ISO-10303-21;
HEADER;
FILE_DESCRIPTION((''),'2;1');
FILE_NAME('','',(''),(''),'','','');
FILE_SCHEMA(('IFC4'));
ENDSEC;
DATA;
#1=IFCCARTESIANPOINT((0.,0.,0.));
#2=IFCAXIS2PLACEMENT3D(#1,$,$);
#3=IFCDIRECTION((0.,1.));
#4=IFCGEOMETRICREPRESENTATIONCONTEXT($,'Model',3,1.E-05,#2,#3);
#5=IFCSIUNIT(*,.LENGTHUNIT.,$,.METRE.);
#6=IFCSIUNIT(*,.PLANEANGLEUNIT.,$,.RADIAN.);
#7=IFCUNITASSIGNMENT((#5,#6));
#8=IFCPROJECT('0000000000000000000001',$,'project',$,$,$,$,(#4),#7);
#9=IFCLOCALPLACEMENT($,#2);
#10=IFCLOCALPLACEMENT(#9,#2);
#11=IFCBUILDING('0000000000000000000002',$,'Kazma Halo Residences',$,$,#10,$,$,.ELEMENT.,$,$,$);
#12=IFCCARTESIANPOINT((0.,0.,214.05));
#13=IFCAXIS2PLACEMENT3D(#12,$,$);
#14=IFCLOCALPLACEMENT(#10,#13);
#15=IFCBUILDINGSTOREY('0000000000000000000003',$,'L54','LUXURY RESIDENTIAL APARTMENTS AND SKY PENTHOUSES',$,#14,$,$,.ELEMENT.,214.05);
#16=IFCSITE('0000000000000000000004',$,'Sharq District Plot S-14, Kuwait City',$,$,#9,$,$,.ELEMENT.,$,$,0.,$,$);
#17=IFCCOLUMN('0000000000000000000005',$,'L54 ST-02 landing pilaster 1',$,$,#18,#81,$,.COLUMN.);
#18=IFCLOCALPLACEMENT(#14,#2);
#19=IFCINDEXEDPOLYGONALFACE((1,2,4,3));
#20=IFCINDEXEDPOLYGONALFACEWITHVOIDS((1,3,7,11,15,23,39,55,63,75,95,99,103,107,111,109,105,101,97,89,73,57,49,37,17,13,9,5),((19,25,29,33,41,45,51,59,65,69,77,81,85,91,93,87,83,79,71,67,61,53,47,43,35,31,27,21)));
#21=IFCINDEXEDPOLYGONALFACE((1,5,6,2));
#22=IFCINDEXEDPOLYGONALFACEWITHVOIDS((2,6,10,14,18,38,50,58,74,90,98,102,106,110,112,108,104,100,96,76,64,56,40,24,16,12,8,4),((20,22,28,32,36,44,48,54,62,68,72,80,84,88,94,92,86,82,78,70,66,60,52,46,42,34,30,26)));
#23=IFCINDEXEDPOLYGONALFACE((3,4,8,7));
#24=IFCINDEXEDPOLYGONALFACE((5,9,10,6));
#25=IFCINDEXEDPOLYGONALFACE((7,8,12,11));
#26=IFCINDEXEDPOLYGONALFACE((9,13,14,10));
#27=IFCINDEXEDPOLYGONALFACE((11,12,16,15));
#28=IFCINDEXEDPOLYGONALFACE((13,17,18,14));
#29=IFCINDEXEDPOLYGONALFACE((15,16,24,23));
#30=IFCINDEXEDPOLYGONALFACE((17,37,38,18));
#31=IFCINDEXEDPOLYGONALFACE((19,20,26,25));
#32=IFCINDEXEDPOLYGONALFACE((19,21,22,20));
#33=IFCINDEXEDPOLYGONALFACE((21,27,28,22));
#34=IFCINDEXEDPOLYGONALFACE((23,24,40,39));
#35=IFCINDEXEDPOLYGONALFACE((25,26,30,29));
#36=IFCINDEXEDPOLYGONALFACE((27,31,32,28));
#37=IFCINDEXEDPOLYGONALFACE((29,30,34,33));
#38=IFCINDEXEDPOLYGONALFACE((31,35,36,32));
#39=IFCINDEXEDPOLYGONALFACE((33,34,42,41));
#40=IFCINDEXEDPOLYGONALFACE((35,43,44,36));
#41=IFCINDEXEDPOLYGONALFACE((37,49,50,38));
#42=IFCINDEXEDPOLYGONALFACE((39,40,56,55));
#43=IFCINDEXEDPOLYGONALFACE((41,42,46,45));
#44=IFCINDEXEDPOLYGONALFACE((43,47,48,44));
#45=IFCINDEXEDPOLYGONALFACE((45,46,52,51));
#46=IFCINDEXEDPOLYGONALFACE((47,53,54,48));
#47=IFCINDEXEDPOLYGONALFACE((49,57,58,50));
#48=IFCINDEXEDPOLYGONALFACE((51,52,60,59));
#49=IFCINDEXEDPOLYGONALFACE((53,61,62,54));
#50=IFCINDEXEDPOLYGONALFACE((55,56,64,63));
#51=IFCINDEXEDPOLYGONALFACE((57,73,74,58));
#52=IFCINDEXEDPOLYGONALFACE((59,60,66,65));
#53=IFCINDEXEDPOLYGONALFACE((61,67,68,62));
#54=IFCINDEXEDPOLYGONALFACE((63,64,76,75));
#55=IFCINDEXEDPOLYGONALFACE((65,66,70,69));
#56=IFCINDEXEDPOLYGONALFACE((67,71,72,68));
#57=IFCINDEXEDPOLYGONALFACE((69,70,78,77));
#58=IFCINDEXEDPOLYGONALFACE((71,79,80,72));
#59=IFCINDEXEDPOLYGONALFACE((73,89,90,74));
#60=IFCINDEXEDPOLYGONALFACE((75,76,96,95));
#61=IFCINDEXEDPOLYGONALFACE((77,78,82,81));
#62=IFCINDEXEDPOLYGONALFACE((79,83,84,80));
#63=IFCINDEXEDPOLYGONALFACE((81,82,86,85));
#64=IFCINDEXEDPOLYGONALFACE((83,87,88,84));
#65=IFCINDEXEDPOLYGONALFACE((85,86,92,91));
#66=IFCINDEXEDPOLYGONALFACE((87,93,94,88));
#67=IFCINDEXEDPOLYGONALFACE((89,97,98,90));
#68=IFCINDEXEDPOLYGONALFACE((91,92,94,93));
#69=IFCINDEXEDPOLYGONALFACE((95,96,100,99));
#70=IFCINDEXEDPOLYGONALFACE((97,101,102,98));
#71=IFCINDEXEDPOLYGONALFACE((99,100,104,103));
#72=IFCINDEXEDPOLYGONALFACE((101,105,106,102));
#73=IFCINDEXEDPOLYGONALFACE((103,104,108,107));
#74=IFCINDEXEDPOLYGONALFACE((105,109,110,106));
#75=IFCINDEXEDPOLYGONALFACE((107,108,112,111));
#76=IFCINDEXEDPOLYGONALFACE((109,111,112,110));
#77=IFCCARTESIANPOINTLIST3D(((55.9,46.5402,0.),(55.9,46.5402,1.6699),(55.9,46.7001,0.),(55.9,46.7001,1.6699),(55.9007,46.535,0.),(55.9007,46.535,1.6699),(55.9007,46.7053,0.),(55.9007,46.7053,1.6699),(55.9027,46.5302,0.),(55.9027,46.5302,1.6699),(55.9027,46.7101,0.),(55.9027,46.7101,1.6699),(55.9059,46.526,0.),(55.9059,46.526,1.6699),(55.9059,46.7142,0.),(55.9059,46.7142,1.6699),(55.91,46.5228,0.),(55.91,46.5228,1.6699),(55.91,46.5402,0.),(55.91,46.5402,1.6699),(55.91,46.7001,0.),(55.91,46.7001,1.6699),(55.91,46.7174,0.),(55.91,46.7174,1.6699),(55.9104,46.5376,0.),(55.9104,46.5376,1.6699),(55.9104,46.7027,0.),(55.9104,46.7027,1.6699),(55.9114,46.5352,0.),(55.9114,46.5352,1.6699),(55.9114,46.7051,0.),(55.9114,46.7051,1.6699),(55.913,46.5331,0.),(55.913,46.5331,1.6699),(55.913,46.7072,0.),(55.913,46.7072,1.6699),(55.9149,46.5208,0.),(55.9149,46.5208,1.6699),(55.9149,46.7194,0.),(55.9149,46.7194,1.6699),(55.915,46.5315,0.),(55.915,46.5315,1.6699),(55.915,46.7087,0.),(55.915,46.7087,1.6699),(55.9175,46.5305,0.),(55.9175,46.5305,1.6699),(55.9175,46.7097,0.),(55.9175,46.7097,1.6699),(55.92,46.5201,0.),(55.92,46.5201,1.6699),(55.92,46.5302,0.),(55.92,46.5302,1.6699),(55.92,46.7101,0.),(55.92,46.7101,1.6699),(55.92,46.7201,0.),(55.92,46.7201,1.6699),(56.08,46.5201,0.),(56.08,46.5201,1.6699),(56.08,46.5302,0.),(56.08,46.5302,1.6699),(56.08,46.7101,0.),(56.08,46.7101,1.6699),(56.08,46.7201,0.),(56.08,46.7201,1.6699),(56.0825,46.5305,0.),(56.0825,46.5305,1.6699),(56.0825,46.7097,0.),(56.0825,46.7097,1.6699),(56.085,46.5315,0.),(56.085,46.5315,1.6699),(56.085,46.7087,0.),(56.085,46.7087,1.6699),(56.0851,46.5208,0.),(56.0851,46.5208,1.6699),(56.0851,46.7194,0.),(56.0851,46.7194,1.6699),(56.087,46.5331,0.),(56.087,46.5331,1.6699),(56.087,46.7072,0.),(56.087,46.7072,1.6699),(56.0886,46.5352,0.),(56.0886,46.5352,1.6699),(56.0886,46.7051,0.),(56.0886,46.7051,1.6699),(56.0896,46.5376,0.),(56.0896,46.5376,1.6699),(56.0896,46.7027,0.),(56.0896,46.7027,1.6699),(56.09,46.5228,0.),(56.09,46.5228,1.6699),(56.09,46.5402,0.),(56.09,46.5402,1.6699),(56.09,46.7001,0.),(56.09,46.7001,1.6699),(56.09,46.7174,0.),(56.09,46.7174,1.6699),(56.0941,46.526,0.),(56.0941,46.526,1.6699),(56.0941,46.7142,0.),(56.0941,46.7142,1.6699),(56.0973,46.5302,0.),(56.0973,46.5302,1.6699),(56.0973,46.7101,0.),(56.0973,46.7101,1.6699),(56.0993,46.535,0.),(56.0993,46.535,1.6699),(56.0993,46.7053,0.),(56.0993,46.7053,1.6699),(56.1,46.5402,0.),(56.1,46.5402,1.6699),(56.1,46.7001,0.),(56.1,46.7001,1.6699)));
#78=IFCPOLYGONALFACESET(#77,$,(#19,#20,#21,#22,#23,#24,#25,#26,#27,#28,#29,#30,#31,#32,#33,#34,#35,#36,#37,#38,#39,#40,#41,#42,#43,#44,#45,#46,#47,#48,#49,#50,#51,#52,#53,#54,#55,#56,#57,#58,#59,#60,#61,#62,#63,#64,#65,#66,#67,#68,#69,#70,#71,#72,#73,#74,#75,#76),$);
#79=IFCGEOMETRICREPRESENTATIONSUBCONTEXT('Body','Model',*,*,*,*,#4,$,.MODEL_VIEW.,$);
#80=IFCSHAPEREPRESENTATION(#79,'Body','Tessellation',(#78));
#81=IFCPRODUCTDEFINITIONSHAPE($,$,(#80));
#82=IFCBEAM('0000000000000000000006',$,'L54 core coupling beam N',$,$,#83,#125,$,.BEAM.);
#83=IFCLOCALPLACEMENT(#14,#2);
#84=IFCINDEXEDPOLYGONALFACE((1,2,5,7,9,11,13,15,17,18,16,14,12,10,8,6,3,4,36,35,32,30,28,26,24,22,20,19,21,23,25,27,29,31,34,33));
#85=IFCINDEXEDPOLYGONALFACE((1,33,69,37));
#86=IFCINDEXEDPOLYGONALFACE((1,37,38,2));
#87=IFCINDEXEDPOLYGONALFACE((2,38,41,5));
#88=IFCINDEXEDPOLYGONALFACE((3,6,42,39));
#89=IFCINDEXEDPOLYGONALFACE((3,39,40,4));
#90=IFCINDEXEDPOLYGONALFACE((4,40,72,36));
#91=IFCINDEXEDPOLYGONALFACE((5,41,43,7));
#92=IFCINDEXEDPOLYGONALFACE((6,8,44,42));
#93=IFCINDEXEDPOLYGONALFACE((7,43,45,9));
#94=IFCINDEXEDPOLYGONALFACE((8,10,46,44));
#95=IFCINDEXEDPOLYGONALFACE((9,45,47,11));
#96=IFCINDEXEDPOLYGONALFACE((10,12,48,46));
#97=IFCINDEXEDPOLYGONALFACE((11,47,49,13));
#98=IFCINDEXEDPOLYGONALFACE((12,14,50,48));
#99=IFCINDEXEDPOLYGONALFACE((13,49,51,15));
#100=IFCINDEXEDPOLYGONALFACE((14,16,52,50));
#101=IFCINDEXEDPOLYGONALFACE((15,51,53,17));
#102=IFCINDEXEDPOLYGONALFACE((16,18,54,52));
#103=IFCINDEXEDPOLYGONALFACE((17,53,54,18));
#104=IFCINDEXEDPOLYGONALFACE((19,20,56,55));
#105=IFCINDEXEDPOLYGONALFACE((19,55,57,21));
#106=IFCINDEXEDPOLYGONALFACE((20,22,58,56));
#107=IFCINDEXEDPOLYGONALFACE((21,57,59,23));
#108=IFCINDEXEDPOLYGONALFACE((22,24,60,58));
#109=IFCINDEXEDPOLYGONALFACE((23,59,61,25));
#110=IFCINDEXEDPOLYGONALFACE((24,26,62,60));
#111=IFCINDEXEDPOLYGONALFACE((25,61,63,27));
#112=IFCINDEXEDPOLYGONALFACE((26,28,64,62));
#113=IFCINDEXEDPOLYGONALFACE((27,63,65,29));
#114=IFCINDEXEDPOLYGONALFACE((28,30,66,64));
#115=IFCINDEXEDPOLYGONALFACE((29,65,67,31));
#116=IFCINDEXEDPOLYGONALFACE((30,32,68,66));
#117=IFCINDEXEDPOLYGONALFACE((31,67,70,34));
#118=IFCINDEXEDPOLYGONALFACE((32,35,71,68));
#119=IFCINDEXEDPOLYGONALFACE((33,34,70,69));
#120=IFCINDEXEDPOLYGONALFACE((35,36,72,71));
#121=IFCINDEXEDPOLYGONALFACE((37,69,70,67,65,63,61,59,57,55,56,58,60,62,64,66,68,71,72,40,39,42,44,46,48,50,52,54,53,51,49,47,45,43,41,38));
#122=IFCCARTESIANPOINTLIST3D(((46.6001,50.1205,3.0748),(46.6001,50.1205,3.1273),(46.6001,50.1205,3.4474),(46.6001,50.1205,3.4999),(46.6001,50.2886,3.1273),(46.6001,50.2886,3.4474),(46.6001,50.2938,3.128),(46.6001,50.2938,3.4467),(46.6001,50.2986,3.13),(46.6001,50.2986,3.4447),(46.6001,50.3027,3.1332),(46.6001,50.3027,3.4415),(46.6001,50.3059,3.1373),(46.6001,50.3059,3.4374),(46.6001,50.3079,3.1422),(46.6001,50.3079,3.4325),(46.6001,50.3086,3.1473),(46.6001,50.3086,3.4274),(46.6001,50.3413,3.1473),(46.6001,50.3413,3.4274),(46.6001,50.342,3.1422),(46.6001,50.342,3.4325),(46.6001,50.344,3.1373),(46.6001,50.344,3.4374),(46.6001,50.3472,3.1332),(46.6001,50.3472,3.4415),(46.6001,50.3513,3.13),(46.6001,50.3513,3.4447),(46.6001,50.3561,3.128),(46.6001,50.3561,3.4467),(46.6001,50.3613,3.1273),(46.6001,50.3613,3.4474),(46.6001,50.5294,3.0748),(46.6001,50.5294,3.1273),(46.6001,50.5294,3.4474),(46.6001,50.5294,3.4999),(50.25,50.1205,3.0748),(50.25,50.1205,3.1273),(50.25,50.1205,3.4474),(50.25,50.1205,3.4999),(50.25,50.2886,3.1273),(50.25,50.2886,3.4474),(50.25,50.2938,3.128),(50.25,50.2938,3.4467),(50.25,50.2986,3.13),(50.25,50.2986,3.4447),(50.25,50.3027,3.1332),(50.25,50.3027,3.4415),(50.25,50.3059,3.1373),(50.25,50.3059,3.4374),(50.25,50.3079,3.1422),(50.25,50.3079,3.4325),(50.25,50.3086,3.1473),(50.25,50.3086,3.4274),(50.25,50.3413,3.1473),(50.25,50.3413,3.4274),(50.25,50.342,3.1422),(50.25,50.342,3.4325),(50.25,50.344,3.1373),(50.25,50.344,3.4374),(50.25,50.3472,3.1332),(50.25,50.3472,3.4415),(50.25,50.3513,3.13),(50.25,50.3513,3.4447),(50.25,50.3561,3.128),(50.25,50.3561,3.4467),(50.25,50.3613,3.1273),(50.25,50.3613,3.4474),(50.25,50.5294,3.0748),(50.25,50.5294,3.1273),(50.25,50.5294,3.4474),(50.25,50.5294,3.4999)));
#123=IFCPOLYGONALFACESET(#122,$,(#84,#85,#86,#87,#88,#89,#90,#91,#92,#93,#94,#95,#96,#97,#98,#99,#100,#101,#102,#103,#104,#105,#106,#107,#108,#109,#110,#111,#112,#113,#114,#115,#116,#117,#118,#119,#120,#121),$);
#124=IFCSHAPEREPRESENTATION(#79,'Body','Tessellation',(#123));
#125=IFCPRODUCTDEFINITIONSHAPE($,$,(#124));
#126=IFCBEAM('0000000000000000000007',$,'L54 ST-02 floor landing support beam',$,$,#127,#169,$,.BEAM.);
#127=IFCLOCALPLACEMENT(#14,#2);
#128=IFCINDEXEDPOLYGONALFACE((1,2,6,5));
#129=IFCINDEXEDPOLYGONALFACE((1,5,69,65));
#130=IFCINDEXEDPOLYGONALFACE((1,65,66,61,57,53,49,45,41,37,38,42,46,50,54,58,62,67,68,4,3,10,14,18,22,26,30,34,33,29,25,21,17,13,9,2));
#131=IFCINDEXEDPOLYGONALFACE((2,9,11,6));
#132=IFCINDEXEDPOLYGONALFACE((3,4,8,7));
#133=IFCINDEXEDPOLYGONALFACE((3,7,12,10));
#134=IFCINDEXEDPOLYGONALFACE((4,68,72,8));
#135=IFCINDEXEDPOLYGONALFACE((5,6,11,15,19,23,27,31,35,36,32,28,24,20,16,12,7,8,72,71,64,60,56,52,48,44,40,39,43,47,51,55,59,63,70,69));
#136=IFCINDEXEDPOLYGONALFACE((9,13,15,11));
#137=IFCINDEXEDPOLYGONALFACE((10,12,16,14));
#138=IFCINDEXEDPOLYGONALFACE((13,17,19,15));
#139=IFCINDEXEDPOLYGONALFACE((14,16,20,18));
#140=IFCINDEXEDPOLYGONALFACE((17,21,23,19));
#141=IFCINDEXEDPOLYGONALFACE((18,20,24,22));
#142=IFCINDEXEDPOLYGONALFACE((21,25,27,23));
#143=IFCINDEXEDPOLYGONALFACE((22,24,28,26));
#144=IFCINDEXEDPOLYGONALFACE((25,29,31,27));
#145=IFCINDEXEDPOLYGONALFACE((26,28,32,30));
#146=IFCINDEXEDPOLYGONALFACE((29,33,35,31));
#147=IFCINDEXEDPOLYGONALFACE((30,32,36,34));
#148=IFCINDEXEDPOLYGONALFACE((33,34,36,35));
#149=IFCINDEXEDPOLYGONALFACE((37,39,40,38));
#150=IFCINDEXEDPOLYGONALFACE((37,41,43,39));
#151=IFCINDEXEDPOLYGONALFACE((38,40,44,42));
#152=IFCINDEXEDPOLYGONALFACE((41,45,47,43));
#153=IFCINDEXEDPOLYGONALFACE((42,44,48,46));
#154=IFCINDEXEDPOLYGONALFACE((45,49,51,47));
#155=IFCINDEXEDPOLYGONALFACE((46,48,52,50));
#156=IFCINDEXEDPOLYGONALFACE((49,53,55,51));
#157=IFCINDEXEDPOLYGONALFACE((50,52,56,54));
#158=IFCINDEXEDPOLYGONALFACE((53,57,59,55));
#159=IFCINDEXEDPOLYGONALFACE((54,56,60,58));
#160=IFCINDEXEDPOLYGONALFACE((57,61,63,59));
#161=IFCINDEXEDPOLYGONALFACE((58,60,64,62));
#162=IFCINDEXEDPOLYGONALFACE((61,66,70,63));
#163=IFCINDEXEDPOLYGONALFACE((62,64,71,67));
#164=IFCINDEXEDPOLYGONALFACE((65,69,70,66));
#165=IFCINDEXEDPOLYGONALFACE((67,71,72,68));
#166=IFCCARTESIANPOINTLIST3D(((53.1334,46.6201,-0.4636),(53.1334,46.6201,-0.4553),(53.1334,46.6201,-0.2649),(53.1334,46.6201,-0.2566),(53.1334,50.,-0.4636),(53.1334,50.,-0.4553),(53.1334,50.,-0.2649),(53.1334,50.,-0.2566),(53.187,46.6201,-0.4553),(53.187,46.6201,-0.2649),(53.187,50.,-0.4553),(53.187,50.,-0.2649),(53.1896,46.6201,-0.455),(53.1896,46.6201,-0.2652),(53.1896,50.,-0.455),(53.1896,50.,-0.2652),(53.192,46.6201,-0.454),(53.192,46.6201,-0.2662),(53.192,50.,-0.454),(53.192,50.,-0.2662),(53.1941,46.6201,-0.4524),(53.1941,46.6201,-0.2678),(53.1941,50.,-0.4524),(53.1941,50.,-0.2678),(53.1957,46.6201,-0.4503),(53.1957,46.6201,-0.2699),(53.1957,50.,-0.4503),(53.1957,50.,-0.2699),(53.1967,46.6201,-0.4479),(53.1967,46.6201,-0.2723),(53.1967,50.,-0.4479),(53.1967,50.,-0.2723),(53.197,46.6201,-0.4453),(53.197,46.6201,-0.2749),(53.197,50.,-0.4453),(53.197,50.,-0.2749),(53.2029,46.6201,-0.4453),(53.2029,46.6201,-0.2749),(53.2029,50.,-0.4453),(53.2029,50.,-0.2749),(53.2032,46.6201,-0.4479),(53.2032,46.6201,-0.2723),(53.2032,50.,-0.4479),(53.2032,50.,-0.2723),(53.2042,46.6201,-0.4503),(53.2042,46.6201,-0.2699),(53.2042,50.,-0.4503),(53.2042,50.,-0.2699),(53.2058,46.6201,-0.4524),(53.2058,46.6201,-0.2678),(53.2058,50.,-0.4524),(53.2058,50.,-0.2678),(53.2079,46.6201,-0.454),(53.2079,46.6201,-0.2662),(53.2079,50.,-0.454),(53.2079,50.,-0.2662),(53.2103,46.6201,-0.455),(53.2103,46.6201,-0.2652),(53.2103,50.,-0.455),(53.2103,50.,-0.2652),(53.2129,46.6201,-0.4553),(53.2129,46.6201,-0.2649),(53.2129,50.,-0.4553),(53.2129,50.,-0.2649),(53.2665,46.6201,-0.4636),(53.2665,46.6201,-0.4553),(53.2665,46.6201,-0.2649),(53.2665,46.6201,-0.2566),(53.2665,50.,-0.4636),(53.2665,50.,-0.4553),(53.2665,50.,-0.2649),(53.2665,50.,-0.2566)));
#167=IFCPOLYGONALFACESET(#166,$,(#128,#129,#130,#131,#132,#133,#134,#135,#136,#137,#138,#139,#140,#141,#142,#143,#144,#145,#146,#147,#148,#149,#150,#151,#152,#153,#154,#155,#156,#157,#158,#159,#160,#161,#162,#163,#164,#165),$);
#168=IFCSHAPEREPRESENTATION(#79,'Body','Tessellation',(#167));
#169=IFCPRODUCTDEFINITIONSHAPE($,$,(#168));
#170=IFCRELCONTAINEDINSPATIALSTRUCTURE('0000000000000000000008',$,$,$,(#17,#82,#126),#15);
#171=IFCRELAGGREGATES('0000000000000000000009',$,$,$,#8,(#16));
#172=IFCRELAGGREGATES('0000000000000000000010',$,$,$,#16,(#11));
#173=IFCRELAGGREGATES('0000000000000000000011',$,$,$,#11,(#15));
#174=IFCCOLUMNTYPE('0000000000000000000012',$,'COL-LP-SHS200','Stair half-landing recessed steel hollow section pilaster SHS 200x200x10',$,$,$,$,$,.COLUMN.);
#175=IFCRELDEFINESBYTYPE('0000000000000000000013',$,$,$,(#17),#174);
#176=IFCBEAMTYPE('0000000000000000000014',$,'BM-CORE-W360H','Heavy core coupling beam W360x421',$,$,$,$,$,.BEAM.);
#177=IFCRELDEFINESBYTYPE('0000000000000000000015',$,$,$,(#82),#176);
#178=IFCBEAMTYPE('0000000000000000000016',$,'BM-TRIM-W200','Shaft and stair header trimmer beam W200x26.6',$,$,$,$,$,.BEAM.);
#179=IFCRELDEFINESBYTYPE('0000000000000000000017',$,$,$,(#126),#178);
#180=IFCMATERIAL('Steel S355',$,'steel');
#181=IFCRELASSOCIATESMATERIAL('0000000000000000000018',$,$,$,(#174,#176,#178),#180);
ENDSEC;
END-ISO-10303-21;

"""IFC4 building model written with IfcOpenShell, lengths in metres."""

from ifc_helpers import new_model, si_unit, direction, frame, origin, origin_2d, place, context, subcontext, project, spatial, hollow_rectangle, i_section, extrude, material, material_profile, profile_set, type_object, element, save


model = new_model("IFC4")

# Units and contexts
model_context = context("Model", 3, precision=1e-05, world=origin(), true_north=direction((0.0, 1.0)))
body_context = subcontext(model_context, "Body", "Model", "MODEL_VIEW")
ifc_project = project(units=[si_unit("LENGTHUNIT", "METRE"), si_unit("PLANEANGLEUNIT", "RADIAN")], contexts=[model_context])

# Site, building, storey
site_placement = place(None, origin())
site = spatial("IfcSite", under=ifc_project, at=site_placement, Name="Sharq District Plot S-14, Kuwait City", CompositionType="ELEMENT", RefElevation=0.0)
building_placement = place(site_placement, origin())
building = spatial("IfcBuilding", under=site, at=building_placement, Name="Kazma Halo Residences", CompositionType="ELEMENT")
storey_placement = place(building_placement, frame((0.0, 0.0, 214.05)))
storey = spatial("IfcBuildingStorey", under=building, at=storey_placement, Name="L54", Description="LUXURY RESIDENTIAL APARTMENTS AND SKY PENTHOUSES", CompositionType="ELEMENT", Elevation=214.05)

# Column
ifc_material_1 = material(Name="Steel S355", Category="steel")
ifc_material_profile_1 = material_profile(ifc_material_1, hollow_rectangle(XDim=0.2, YDim=0.2, WallThickness=0.01, InnerFilletRadius=0.01, OuterFilletRadius=0.02, at=origin_2d()), Name="SHS200x200x10")
ifc_profile_set_1 = profile_set([ifc_material_profile_1], Name="Steel S355")
column_type = type_object("IfcColumnType", Name="COL-LP-SHS200", Description="Stair half-landing recessed steel hollow section pilaster SHS 200x200x10", PredefinedType="COLUMN", material=ifc_profile_set_1)
column_placement = place(storey_placement, frame((56.0, 46.6201, 0.0), z_axis=(0.0, 0.0, 1.0), x_axis=(1.0, 0.0, 0.0)))
element("IfcColumn", 1, at=column_placement, inside=storey, type_object=column_type, Name="L54 ST-02 landing pilaster 1", PredefinedType="COLUMN", context=body_context, shape_type="SweptSolid", body=[
    extrude(hollow_rectangle(XDim=0.2, YDim=0.2, WallThickness=0.01, InnerFilletRadius=0.01, OuterFilletRadius=0.02, at=origin_2d()), origin(), (0.0, 0.0, 1.0), 1.6699),
])

# Beams
ifc_material_profile_2 = material_profile(ifc_material_1, i_section(OverallWidth=0.4089, OverallDepth=0.425, WebThickness=0.0327, FlangeThickness=0.0525, FilletRadius=0.02, at=origin_2d()), Name="W360x421")
ifc_profile_set_2 = profile_set([ifc_material_profile_2], Name="Steel S355")
beam_type_1 = type_object("IfcBeamType", Name="BM-CORE-W360H", Description="Heavy core coupling beam W360x421", PredefinedType="BEAM", material=ifc_profile_set_2)
beam_1_placement = place(storey_placement, frame((46.6001, 50.325, 3.2874), z_axis=(1.0, 0.0, 0.0), x_axis=(0.0, 1.0, 0.0)))
element("IfcBeam", 2, at=beam_1_placement, inside=storey, type_object=beam_type_1, Name="L54 core coupling beam N", PredefinedType="BEAM", context=body_context, shape_type="SweptSolid", body=[
    extrude(i_section(OverallWidth=0.4089, OverallDepth=0.425, WebThickness=0.0327, FlangeThickness=0.0525, FilletRadius=0.02, at=origin_2d()), origin(), (0.0, 0.0, 1.0), 3.6499),
])
ifc_material_profile_3 = material_profile(ifc_material_1, i_section(OverallWidth=0.1331, OverallDepth=0.207, WebThickness=0.0059, FlangeThickness=0.0083, FilletRadius=0.01, at=origin_2d()), Name="W200x26.6")
ifc_profile_set_3 = profile_set([ifc_material_profile_3], Name="Steel S355")
beam_type_2 = type_object("IfcBeamType", Name="BM-TRIM-W200", Description="Shaft and stair header trimmer beam W200x26.6", PredefinedType="BEAM", material=ifc_profile_set_3)
beam_2_placement = place(storey_placement, frame((53.2, 46.6201, -0.3601), z_axis=(0.0, 1.0, 0.0), x_axis=(-1.0, 0.0, 0.0)))
element("IfcBeam", 3, at=beam_2_placement, inside=storey, type_object=beam_type_2, Name="L54 ST-02 floor landing support beam", PredefinedType="BEAM", context=body_context, shape_type="SweptSolid", body=[
    extrude(i_section(OverallWidth=0.1331, OverallDepth=0.207, WebThickness=0.0059, FlangeThickness=0.0083, FilletRadius=0.01, at=origin_2d()), origin(), (0.0, 0.0, 1.0), 3.3799),
])

save(model, "model.ifc")
